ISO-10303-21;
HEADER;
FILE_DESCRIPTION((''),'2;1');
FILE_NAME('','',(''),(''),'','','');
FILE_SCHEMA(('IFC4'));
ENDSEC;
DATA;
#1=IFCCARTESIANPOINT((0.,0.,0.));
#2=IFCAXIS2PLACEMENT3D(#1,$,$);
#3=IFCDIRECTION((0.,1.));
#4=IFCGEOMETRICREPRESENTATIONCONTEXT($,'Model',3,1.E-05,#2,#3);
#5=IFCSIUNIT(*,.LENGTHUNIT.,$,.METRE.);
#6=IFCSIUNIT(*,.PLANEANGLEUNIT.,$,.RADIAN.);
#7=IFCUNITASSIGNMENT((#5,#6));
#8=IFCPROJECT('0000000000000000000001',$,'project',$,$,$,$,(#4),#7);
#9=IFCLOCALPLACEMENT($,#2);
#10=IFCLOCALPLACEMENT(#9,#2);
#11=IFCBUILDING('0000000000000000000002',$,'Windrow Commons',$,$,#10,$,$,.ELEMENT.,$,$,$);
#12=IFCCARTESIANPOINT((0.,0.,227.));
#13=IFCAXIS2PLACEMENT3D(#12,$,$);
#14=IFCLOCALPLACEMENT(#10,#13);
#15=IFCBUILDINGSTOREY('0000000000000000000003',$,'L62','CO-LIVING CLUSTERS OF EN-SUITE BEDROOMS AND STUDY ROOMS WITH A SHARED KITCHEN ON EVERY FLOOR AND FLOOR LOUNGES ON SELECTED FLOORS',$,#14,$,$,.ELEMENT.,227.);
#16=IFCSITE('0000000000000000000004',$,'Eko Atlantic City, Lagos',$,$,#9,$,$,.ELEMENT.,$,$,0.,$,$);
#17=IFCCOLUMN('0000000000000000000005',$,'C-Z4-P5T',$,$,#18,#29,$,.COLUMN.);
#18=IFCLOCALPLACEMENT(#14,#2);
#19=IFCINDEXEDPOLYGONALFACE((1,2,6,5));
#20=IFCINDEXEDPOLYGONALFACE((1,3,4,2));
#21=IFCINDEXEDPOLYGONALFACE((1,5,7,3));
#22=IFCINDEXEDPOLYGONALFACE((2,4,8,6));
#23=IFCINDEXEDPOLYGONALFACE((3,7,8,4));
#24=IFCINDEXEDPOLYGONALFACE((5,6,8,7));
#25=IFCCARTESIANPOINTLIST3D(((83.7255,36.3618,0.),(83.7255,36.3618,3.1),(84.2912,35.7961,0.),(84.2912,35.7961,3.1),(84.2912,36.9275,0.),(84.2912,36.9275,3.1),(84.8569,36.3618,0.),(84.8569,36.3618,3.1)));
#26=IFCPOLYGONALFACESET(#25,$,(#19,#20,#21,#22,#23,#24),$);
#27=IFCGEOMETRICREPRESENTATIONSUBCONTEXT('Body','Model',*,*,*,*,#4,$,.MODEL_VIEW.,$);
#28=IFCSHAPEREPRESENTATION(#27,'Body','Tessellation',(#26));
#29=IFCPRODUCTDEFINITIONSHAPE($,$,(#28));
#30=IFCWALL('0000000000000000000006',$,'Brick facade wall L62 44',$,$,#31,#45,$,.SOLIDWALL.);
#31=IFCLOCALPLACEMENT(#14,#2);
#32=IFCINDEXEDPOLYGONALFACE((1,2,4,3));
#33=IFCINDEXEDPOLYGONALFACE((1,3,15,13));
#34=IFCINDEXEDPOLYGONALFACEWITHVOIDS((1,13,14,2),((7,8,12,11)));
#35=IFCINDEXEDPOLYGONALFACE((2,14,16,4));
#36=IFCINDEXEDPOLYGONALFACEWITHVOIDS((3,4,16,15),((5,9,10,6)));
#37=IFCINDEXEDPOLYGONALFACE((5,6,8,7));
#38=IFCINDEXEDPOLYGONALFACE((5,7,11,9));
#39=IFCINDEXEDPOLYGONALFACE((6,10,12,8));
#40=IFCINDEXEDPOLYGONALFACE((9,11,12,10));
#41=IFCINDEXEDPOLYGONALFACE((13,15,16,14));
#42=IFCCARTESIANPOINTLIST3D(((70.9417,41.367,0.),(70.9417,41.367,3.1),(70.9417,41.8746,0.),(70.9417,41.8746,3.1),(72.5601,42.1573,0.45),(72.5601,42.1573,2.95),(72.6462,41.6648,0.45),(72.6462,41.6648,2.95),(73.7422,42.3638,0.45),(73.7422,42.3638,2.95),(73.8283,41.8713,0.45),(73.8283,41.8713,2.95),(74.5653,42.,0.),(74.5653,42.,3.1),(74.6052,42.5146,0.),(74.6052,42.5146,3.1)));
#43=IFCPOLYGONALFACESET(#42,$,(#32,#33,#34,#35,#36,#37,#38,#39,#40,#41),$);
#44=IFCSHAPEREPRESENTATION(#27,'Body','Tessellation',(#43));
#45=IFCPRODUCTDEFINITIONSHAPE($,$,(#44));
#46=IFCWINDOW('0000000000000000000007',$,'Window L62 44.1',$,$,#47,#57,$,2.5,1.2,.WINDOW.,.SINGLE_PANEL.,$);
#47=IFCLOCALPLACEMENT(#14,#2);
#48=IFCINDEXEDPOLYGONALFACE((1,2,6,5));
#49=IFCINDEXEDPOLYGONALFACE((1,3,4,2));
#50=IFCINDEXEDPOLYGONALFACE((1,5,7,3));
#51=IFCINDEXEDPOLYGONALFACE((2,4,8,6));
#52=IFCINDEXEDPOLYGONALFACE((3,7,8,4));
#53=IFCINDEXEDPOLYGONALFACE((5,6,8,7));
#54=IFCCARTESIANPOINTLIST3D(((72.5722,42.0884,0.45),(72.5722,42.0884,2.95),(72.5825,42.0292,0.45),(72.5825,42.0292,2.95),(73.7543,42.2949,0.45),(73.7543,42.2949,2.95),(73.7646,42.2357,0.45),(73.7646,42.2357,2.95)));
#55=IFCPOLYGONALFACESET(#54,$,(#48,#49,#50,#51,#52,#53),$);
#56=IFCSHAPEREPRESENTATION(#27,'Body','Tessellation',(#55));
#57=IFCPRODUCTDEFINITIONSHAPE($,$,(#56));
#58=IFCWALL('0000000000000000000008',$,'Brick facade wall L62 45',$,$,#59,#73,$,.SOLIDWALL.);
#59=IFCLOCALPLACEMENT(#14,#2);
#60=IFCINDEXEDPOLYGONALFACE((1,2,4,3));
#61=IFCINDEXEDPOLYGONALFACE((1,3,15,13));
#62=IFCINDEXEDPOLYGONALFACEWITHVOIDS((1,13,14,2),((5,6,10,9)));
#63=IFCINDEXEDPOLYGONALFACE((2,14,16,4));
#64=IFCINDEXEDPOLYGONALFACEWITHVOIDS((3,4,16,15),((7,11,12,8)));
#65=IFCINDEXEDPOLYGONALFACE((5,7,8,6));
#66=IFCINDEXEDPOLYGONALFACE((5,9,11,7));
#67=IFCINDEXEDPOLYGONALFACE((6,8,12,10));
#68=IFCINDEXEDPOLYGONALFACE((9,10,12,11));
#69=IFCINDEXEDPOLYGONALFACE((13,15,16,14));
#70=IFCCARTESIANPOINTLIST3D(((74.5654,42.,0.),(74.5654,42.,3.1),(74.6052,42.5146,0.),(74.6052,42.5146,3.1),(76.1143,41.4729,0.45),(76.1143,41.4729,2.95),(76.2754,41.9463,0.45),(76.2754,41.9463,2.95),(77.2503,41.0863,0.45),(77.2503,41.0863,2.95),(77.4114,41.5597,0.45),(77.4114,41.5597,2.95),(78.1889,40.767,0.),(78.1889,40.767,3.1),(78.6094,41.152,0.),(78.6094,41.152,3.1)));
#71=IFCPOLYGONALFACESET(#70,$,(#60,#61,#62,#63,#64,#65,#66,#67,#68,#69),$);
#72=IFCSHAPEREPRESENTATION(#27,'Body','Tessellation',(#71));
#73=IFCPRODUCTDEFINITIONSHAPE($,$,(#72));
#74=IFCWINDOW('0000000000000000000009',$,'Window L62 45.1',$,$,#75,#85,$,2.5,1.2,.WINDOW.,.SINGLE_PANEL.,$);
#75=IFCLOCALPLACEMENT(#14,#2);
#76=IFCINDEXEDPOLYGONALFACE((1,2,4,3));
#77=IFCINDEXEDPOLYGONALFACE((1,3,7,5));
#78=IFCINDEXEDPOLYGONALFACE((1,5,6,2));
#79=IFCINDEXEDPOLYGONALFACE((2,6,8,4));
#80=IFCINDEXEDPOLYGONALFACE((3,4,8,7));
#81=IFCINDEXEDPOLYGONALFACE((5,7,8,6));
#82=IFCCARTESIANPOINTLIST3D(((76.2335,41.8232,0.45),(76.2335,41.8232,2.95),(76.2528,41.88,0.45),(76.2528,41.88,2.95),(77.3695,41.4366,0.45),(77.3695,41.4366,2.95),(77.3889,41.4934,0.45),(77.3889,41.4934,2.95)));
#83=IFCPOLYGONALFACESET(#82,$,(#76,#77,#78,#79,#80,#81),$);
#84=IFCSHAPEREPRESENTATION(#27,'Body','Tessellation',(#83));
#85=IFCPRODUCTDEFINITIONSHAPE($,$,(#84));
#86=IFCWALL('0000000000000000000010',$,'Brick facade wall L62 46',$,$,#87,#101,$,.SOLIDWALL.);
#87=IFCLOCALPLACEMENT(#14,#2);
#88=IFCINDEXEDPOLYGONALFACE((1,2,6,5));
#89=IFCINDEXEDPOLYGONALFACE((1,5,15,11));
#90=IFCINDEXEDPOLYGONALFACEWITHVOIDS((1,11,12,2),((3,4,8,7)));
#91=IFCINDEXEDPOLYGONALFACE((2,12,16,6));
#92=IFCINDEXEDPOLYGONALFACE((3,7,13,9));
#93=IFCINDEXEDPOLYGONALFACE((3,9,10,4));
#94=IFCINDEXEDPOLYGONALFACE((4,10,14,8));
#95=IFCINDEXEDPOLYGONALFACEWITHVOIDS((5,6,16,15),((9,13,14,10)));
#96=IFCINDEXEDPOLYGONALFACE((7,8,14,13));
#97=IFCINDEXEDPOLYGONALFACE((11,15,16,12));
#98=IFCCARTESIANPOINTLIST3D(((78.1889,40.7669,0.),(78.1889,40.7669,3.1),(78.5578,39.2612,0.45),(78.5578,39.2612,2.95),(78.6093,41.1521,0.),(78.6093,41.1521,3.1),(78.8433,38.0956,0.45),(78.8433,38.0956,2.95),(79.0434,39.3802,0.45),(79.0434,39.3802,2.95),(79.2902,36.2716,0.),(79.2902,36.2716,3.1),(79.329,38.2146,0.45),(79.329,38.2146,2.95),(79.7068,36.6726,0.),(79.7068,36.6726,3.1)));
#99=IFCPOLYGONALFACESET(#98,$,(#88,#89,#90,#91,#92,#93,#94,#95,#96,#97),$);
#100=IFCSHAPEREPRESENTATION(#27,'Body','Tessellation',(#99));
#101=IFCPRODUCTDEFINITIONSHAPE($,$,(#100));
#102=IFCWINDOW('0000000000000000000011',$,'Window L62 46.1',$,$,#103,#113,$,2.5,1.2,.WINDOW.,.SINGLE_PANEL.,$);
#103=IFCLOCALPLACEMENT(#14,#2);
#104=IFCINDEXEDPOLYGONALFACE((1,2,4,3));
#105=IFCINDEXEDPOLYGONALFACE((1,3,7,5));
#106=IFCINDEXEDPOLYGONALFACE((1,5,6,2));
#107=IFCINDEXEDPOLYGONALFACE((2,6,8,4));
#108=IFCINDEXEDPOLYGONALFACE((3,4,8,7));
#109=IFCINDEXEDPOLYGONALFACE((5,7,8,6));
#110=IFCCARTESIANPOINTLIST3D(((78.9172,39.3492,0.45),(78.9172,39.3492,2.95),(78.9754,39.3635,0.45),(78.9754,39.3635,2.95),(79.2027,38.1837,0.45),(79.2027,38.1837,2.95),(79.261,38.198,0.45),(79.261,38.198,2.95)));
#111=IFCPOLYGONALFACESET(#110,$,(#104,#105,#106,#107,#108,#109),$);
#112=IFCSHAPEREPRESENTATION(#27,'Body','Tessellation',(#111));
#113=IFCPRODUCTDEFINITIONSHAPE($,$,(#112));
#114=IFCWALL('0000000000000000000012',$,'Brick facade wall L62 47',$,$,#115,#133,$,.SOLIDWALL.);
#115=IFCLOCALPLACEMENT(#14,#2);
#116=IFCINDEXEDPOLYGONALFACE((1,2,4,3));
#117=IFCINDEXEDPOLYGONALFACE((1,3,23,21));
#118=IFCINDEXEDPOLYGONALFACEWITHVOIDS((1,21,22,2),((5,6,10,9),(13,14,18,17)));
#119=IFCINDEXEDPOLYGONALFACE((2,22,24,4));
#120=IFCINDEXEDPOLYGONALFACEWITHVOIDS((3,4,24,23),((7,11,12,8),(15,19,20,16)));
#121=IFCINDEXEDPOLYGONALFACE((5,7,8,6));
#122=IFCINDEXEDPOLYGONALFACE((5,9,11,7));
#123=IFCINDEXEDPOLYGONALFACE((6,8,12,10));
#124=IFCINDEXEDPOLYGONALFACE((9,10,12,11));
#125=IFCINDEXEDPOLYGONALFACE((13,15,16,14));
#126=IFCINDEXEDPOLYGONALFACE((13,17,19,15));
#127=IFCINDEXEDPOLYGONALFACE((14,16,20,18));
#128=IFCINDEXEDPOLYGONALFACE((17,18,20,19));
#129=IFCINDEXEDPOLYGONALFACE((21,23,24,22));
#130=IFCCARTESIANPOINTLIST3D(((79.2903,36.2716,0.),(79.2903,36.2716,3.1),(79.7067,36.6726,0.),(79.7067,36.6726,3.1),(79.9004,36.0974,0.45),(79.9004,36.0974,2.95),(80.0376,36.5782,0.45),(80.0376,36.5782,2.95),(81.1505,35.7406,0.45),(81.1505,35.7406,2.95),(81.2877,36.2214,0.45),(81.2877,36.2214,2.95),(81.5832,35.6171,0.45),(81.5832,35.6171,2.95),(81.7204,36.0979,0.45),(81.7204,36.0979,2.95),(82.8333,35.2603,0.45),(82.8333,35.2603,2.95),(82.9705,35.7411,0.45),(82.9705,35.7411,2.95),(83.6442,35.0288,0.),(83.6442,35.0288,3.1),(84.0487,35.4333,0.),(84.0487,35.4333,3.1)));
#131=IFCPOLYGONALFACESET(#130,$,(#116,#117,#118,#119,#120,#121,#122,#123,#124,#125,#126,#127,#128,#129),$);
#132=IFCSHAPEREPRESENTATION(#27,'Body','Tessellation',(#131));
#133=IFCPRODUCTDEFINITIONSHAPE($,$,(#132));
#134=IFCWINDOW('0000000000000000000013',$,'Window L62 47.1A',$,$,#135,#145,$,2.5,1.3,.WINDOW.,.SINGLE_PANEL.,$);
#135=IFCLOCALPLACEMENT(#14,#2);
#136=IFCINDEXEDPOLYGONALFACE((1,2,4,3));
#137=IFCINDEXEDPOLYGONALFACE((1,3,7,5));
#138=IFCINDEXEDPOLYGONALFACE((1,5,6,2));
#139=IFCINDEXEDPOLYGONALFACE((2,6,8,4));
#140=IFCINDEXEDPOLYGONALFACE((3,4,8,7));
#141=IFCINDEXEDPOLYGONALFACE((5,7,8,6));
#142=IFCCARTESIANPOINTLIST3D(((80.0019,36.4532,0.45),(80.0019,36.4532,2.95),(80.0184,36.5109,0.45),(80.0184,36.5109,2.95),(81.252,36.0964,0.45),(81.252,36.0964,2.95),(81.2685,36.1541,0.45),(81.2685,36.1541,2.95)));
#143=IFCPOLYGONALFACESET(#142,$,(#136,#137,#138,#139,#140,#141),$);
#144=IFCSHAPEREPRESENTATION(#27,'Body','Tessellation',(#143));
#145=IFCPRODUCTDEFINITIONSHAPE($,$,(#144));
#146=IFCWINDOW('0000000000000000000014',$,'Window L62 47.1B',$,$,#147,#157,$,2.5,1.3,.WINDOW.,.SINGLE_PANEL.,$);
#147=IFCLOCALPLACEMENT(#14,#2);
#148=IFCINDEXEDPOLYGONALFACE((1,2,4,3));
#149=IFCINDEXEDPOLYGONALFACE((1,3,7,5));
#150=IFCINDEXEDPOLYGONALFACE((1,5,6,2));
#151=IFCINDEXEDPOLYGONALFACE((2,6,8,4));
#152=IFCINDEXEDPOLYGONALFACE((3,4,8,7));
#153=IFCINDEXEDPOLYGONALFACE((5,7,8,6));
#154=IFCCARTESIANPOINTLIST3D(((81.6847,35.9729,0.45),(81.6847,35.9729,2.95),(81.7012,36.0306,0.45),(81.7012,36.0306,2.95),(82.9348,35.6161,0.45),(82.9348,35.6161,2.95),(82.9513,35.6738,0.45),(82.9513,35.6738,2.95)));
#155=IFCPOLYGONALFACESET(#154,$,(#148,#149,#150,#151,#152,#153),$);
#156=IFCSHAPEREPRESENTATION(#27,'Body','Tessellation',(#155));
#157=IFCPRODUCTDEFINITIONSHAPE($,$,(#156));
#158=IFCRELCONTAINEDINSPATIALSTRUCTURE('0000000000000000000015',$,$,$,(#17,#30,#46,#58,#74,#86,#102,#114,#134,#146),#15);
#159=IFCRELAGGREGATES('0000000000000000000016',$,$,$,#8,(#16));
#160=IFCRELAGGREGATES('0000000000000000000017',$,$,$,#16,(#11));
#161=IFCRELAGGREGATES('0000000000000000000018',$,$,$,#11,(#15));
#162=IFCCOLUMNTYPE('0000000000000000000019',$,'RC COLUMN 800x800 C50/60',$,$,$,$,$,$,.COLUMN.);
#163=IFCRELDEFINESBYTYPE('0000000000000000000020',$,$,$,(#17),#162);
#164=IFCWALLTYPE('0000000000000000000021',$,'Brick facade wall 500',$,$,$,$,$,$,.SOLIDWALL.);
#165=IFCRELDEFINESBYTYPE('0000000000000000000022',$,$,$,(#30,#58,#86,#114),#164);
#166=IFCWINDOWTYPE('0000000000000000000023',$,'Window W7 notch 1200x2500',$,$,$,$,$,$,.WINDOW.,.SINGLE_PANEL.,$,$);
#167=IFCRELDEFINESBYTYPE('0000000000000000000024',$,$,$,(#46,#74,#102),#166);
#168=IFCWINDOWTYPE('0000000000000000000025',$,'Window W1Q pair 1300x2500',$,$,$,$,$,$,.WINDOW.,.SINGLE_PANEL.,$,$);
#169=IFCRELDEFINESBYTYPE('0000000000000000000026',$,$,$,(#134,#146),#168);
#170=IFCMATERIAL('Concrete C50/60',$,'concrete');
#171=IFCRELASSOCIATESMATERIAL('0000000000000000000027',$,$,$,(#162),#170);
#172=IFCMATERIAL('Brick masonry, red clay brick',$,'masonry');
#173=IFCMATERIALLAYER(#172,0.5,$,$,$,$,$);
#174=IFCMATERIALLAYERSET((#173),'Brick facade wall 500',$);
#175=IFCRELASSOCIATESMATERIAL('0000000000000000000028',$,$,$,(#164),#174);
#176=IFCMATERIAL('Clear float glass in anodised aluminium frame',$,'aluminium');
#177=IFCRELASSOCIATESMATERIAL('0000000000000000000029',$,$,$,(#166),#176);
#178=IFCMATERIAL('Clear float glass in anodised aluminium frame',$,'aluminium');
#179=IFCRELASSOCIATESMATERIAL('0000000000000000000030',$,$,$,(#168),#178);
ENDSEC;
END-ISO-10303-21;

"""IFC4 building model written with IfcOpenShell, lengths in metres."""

from ifc_helpers import new_model, si_unit, direction, frame, frame_2d, origin, origin_2d, place, context, subcontext, project, spatial, polyline, rectangle, outline, extrude, material, layer, layer_set, material_profile, profile_set, type_object, element, fill, save


model = new_model("IFC4")

# Units and contexts
model_context = context("Model", 3, precision=1e-05, world=origin(), true_north=direction((0.0, 1.0)))
body_context = subcontext(model_context, "Body", "Model", "MODEL_VIEW")
ifc_project = project(units=[si_unit("LENGTHUNIT", "METRE"), si_unit("PLANEANGLEUNIT", "RADIAN")], contexts=[model_context])

# Site, building, storey
site_placement = place(None, origin())
site = spatial("IfcSite", under=ifc_project, at=site_placement, Name="Eko Atlantic City, Lagos", CompositionType="ELEMENT", RefElevation=0.0)
building_placement = place(site_placement, origin())
building = spatial("IfcBuilding", under=site, at=building_placement, Name="Windrow Commons", CompositionType="ELEMENT")
storey_placement = place(building_placement, frame((0.0, 0.0, 227.0)))
storey = spatial("IfcBuildingStorey", under=building, at=storey_placement, Name="L62", Description="CO-LIVING CLUSTERS OF EN-SUITE BEDROOMS AND STUDY ROOMS WITH A SHARED KITCHEN ON EVERY FLOOR AND FLOOR LOUNGES ON SELECTED FLOORS", CompositionType="ELEMENT", Elevation=227.0)

# Column
ifc_material_1 = material(Name="Concrete C50/60", Category="concrete")
ifc_material_profile = material_profile(ifc_material_1, rectangle(XDim=0.8, YDim=0.8, at=origin_2d()))
ifc_profile_set = profile_set([ifc_material_profile], Name="Concrete C50/60")
column_type = type_object("IfcColumnType", Name="RC COLUMN 800x800 C50/60", PredefinedType="COLUMN", material=ifc_profile_set)
column_placement = place(storey_placement, frame((84.2912, 36.3618, 0.0), z_axis=(0.0, 0.0, 1.0), x_axis=(0.707107, -0.707107, 0.0)))
element("IfcColumn", 1, at=column_placement, inside=storey, type_object=column_type, Name="C-Z4-P5T", PredefinedType="COLUMN", context=body_context, shape_type="SweptSolid", body=[
    extrude(rectangle(XDim=0.8, YDim=0.8, at=origin_2d()), origin(), (0.0, 0.0, 1.0), 3.1),
])

# Walls, openings, windows
ifc_material_2 = material(Name="Brick masonry, red clay brick", Category="masonry")
ifc_layer_1 = layer(ifc_material_2, 0.5)
ifc_layer_set_1 = layer_set([ifc_layer_1], Name="Brick facade wall 500")
wall_type_1 = type_object("IfcWallType", Name="Brick facade wall 500", PredefinedType="SOLIDWALL", material=ifc_layer_set_1)
wall_1_placement = place(storey_placement, frame((70.9417, 41.6208, 0.0), z_axis=(0.0, 0.0, 1.0), x_axis=(0.985082, 0.172084, 0.0)))
wall_1 = element("IfcWall", 2, at=wall_1_placement, inside=storey, type_object=wall_type_1, Name="Brick facade wall L62 44", PredefinedType="SOLIDWALL", context=body_context, shape_type="SweptSolid", body=[
    extrude(outline(polyline([(-0.0437, -0.25), (3.6348, -0.25), (3.7627, 0.25), (0.0437, 0.25), (-0.0437, -0.25)])), origin(), (0.0, 0.0, 1.0), 3.1),
])
opening_1_placement = place(wall_1_placement, frame((1.6866, 0.0, 0.45)))
opening_1 = element("IfcOpeningElement", 3, at=opening_1_placement, cuts=wall_1, PredefinedType="OPENING", context=body_context, shape_type="SweptSolid", body=[
    extrude(rectangle(XDim=1.2, YDim=2.5, at=frame_2d((0.6, 1.25))), frame((0.0, 0.26, 0.0), z_axis=(0.0, -1.0, 0.0), x_axis=(1.0, 0.0, 0.0)), (0.0, 0.0, 1.0), 0.52),
])
ifc_material_3 = material(Name="Clear float glass in anodised aluminium frame", Category="aluminium")
window_type_1 = type_object("IfcWindowType", Name="Window W7 notch 1200x2500", PartitioningType="SINGLE_PANEL", PredefinedType="WINDOW", material=ifc_material_3)
window_1_placement = place(opening_1_placement, origin())
window_1 = element("IfcWindow", 4, at=window_1_placement, inside=storey, type_object=window_type_1, Name="Window L62 44.1", OverallHeight=2.5, OverallWidth=1.2, PartitioningType="SINGLE_PANEL", PredefinedType="WINDOW", context=body_context, shape_type="SweptSolid", body=[
    extrude(rectangle(XDim=1.2, YDim=2.5, at=frame_2d((0.6, 1.25))), frame((0.0, 0.18, 0.0), z_axis=(0.0, -1.0, 0.0), x_axis=(1.0, 0.0, 0.0)), (0.0, 0.0, 1.0), 0.06),
])
fill(opening_1, window_1)
wall_2_placement = place(storey_placement, frame((74.5853, 42.2573, 0.0), z_axis=(0.0, 0.0, 1.0), x_axis=(0.946689, -0.322149, 0.0)))
wall_2 = element("IfcWall", 5, at=wall_2_placement, inside=storey, type_object=wall_type_1, Name="Brick facade wall L62 45", PredefinedType="SOLIDWALL", context=body_context, shape_type="SweptSolid", body=[
    extrude(outline(polyline([(0.064, -0.25), (3.8916, -0.25), (4.1656, 0.25), (-0.064, 0.25), (0.064, -0.25)])), origin(), (0.0, 0.0, 1.0), 3.1),
])
opening_2_placement = place(wall_2_placement, frame((1.7002, 0.0, 0.45)))
opening_2 = element("IfcOpeningElement", 6, at=opening_2_placement, cuts=wall_2, PredefinedType="OPENING", context=body_context, shape_type="SweptSolid", body=[
    extrude(rectangle(XDim=1.2, YDim=2.5, at=frame_2d((0.6, 1.25))), frame((0.0, 0.26, 0.0), z_axis=(0.0, -1.0, 0.0), x_axis=(1.0, 0.0, 0.0)), (0.0, 0.0, 1.0), 0.52),
])
window_2_placement = place(opening_2_placement, origin())
window_2 = element("IfcWindow", 7, at=window_2_placement, inside=storey, type_object=window_type_1, Name="Window L62 45.1", OverallHeight=2.5, OverallWidth=1.2, PartitioningType="SINGLE_PANEL", PredefinedType="WINDOW", context=body_context, shape_type="SweptSolid", body=[
    extrude(rectangle(XDim=1.2, YDim=2.5, at=frame_2d((0.6, 1.25))), frame((0.0, 0.18, 0.0), z_axis=(0.0, -1.0, 0.0), x_axis=(1.0, 0.0, 0.0)), (0.0, 0.0, 1.0), 0.06),
])
fill(opening_2, window_2)
wall_3_placement = place(storey_placement, frame((78.3991, 40.9595, 0.0), z_axis=(0.0, 0.0, 1.0), x_axis=(0.23796, -0.971275, 0.0)))
wall_3 = element("IfcWall", 8, at=wall_3_placement, inside=storey, type_object=wall_type_1, Name="Brick facade wall L62 46", PredefinedType="SOLIDWALL", context=body_context, shape_type="SweptSolid", body=[
    extrude(outline(polyline([(0.137, -0.25), (4.7653, -0.25), (4.4749, 0.25), (-0.137, 0.25), (0.137, -0.25)])), origin(), (0.0, 0.0, 1.0), 3.1),
])
opening_3_placement = place(wall_3_placement, frame((1.6873, 0.0, 0.45)))
opening_3 = element("IfcOpeningElement", 9, at=opening_3_placement, cuts=wall_3, PredefinedType="OPENING", context=body_context, shape_type="SweptSolid", body=[
    extrude(rectangle(XDim=1.2, YDim=2.5, at=frame_2d((0.6, 1.25))), frame((0.0, 0.26, 0.0), z_axis=(0.0, -1.0, 0.0), x_axis=(1.0, 0.0, 0.0)), (0.0, 0.0, 1.0), 0.52),
])
window_3_placement = place(opening_3_placement, origin())
window_3 = element("IfcWindow", 10, at=window_3_placement, inside=storey, type_object=window_type_1, Name="Window L62 46.1", OverallHeight=2.5, OverallWidth=1.2, PartitioningType="SINGLE_PANEL", PredefinedType="WINDOW", context=body_context, shape_type="SweptSolid", body=[
    extrude(rectangle(XDim=1.2, YDim=2.5, at=frame_2d((0.6, 1.25))), frame((0.0, 0.18, 0.0), z_axis=(0.0, -1.0, 0.0), x_axis=(1.0, 0.0, 0.0)), (0.0, 0.0, 1.0), 0.06),
])
fill(opening_3, window_3)

# Wall, openings, windows
wall_4_placement = place(storey_placement, frame((79.4985, 36.4721, 0.0), z_axis=(0.0, 0.0, 1.0), x_axis=(0.961597, -0.274464, 0.0)))
wall_4 = element("IfcWall", 11, at=wall_4_placement, inside=storey, type_object=wall_type_1, Name="Brick facade wall L62 47", PredefinedType="SOLIDWALL", context=body_context, shape_type="SweptSolid", body=[
    extrude(outline(polyline([(-0.1452, -0.25), (4.3826, -0.25), (4.6606, 0.25), (0.1452, 0.25), (-0.1452, -0.25)])), origin(), (0.0, 0.0, 1.0), 3.1),
])
opening_4_placement = place(wall_4_placement, frame((0.4893, 0.0, 0.45)))
opening_4 = element("IfcOpeningElement", 12, at=opening_4_placement, cuts=wall_4, PredefinedType="OPENING", context=body_context, shape_type="SweptSolid", body=[
    extrude(rectangle(XDim=1.3, YDim=2.5, at=frame_2d((0.65, 1.25))), frame((0.0, 0.26, 0.0), z_axis=(0.0, -1.0, 0.0), x_axis=(1.0, 0.0, 0.0)), (0.0, 0.0, 1.0), 0.52),
])
opening_5_placement = place(wall_4_placement, frame((2.2393, 0.0, 0.45)))
opening_5 = element("IfcOpeningElement", 13, at=opening_5_placement, cuts=wall_4, PredefinedType="OPENING", context=body_context, shape_type="SweptSolid", body=[
    extrude(rectangle(XDim=1.3, YDim=2.5, at=frame_2d((0.65, 1.25))), frame((0.0, 0.26, 0.0), z_axis=(0.0, -1.0, 0.0), x_axis=(1.0, 0.0, 0.0)), (0.0, 0.0, 1.0), 0.52),
])
ifc_material_4 = material(Name="Clear float glass in anodised aluminium frame", Category="aluminium")
window_type_2 = type_object("IfcWindowType", Name="Window W1Q pair 1300x2500", PartitioningType="SINGLE_PANEL", PredefinedType="WINDOW", material=ifc_material_4)
window_4_placement = place(opening_4_placement, origin())
window_4 = element("IfcWindow", 14, at=window_4_placement, inside=storey, type_object=window_type_2, Name="Window L62 47.1A", OverallHeight=2.5, OverallWidth=1.3, PartitioningType="SINGLE_PANEL", PredefinedType="WINDOW", context=body_context, shape_type="SweptSolid", body=[
    extrude(rectangle(XDim=1.3, YDim=2.5, at=frame_2d((0.65, 1.25))), frame((0.0, 0.18, 0.0), z_axis=(0.0, -1.0, 0.0), x_axis=(1.0, 0.0, 0.0)), (0.0, 0.0, 1.0), 0.06),
])
fill(opening_4, window_4)
window_5_placement = place(opening_5_placement, origin())
window_5 = element("IfcWindow", 15, at=window_5_placement, inside=storey, type_object=window_type_2, Name="Window L62 47.1B", OverallHeight=2.5, OverallWidth=1.3, PartitioningType="SINGLE_PANEL", PredefinedType="WINDOW", context=body_context, shape_type="SweptSolid", body=[
    extrude(rectangle(XDim=1.3, YDim=2.5, at=frame_2d((0.65, 1.25))), frame((0.0, 0.18, 0.0), z_axis=(0.0, -1.0, 0.0), x_axis=(1.0, 0.0, 0.0)), (0.0, 0.0, 1.0), 0.06),
])
fill(opening_5, window_5)

save(model, "model.ifc")
